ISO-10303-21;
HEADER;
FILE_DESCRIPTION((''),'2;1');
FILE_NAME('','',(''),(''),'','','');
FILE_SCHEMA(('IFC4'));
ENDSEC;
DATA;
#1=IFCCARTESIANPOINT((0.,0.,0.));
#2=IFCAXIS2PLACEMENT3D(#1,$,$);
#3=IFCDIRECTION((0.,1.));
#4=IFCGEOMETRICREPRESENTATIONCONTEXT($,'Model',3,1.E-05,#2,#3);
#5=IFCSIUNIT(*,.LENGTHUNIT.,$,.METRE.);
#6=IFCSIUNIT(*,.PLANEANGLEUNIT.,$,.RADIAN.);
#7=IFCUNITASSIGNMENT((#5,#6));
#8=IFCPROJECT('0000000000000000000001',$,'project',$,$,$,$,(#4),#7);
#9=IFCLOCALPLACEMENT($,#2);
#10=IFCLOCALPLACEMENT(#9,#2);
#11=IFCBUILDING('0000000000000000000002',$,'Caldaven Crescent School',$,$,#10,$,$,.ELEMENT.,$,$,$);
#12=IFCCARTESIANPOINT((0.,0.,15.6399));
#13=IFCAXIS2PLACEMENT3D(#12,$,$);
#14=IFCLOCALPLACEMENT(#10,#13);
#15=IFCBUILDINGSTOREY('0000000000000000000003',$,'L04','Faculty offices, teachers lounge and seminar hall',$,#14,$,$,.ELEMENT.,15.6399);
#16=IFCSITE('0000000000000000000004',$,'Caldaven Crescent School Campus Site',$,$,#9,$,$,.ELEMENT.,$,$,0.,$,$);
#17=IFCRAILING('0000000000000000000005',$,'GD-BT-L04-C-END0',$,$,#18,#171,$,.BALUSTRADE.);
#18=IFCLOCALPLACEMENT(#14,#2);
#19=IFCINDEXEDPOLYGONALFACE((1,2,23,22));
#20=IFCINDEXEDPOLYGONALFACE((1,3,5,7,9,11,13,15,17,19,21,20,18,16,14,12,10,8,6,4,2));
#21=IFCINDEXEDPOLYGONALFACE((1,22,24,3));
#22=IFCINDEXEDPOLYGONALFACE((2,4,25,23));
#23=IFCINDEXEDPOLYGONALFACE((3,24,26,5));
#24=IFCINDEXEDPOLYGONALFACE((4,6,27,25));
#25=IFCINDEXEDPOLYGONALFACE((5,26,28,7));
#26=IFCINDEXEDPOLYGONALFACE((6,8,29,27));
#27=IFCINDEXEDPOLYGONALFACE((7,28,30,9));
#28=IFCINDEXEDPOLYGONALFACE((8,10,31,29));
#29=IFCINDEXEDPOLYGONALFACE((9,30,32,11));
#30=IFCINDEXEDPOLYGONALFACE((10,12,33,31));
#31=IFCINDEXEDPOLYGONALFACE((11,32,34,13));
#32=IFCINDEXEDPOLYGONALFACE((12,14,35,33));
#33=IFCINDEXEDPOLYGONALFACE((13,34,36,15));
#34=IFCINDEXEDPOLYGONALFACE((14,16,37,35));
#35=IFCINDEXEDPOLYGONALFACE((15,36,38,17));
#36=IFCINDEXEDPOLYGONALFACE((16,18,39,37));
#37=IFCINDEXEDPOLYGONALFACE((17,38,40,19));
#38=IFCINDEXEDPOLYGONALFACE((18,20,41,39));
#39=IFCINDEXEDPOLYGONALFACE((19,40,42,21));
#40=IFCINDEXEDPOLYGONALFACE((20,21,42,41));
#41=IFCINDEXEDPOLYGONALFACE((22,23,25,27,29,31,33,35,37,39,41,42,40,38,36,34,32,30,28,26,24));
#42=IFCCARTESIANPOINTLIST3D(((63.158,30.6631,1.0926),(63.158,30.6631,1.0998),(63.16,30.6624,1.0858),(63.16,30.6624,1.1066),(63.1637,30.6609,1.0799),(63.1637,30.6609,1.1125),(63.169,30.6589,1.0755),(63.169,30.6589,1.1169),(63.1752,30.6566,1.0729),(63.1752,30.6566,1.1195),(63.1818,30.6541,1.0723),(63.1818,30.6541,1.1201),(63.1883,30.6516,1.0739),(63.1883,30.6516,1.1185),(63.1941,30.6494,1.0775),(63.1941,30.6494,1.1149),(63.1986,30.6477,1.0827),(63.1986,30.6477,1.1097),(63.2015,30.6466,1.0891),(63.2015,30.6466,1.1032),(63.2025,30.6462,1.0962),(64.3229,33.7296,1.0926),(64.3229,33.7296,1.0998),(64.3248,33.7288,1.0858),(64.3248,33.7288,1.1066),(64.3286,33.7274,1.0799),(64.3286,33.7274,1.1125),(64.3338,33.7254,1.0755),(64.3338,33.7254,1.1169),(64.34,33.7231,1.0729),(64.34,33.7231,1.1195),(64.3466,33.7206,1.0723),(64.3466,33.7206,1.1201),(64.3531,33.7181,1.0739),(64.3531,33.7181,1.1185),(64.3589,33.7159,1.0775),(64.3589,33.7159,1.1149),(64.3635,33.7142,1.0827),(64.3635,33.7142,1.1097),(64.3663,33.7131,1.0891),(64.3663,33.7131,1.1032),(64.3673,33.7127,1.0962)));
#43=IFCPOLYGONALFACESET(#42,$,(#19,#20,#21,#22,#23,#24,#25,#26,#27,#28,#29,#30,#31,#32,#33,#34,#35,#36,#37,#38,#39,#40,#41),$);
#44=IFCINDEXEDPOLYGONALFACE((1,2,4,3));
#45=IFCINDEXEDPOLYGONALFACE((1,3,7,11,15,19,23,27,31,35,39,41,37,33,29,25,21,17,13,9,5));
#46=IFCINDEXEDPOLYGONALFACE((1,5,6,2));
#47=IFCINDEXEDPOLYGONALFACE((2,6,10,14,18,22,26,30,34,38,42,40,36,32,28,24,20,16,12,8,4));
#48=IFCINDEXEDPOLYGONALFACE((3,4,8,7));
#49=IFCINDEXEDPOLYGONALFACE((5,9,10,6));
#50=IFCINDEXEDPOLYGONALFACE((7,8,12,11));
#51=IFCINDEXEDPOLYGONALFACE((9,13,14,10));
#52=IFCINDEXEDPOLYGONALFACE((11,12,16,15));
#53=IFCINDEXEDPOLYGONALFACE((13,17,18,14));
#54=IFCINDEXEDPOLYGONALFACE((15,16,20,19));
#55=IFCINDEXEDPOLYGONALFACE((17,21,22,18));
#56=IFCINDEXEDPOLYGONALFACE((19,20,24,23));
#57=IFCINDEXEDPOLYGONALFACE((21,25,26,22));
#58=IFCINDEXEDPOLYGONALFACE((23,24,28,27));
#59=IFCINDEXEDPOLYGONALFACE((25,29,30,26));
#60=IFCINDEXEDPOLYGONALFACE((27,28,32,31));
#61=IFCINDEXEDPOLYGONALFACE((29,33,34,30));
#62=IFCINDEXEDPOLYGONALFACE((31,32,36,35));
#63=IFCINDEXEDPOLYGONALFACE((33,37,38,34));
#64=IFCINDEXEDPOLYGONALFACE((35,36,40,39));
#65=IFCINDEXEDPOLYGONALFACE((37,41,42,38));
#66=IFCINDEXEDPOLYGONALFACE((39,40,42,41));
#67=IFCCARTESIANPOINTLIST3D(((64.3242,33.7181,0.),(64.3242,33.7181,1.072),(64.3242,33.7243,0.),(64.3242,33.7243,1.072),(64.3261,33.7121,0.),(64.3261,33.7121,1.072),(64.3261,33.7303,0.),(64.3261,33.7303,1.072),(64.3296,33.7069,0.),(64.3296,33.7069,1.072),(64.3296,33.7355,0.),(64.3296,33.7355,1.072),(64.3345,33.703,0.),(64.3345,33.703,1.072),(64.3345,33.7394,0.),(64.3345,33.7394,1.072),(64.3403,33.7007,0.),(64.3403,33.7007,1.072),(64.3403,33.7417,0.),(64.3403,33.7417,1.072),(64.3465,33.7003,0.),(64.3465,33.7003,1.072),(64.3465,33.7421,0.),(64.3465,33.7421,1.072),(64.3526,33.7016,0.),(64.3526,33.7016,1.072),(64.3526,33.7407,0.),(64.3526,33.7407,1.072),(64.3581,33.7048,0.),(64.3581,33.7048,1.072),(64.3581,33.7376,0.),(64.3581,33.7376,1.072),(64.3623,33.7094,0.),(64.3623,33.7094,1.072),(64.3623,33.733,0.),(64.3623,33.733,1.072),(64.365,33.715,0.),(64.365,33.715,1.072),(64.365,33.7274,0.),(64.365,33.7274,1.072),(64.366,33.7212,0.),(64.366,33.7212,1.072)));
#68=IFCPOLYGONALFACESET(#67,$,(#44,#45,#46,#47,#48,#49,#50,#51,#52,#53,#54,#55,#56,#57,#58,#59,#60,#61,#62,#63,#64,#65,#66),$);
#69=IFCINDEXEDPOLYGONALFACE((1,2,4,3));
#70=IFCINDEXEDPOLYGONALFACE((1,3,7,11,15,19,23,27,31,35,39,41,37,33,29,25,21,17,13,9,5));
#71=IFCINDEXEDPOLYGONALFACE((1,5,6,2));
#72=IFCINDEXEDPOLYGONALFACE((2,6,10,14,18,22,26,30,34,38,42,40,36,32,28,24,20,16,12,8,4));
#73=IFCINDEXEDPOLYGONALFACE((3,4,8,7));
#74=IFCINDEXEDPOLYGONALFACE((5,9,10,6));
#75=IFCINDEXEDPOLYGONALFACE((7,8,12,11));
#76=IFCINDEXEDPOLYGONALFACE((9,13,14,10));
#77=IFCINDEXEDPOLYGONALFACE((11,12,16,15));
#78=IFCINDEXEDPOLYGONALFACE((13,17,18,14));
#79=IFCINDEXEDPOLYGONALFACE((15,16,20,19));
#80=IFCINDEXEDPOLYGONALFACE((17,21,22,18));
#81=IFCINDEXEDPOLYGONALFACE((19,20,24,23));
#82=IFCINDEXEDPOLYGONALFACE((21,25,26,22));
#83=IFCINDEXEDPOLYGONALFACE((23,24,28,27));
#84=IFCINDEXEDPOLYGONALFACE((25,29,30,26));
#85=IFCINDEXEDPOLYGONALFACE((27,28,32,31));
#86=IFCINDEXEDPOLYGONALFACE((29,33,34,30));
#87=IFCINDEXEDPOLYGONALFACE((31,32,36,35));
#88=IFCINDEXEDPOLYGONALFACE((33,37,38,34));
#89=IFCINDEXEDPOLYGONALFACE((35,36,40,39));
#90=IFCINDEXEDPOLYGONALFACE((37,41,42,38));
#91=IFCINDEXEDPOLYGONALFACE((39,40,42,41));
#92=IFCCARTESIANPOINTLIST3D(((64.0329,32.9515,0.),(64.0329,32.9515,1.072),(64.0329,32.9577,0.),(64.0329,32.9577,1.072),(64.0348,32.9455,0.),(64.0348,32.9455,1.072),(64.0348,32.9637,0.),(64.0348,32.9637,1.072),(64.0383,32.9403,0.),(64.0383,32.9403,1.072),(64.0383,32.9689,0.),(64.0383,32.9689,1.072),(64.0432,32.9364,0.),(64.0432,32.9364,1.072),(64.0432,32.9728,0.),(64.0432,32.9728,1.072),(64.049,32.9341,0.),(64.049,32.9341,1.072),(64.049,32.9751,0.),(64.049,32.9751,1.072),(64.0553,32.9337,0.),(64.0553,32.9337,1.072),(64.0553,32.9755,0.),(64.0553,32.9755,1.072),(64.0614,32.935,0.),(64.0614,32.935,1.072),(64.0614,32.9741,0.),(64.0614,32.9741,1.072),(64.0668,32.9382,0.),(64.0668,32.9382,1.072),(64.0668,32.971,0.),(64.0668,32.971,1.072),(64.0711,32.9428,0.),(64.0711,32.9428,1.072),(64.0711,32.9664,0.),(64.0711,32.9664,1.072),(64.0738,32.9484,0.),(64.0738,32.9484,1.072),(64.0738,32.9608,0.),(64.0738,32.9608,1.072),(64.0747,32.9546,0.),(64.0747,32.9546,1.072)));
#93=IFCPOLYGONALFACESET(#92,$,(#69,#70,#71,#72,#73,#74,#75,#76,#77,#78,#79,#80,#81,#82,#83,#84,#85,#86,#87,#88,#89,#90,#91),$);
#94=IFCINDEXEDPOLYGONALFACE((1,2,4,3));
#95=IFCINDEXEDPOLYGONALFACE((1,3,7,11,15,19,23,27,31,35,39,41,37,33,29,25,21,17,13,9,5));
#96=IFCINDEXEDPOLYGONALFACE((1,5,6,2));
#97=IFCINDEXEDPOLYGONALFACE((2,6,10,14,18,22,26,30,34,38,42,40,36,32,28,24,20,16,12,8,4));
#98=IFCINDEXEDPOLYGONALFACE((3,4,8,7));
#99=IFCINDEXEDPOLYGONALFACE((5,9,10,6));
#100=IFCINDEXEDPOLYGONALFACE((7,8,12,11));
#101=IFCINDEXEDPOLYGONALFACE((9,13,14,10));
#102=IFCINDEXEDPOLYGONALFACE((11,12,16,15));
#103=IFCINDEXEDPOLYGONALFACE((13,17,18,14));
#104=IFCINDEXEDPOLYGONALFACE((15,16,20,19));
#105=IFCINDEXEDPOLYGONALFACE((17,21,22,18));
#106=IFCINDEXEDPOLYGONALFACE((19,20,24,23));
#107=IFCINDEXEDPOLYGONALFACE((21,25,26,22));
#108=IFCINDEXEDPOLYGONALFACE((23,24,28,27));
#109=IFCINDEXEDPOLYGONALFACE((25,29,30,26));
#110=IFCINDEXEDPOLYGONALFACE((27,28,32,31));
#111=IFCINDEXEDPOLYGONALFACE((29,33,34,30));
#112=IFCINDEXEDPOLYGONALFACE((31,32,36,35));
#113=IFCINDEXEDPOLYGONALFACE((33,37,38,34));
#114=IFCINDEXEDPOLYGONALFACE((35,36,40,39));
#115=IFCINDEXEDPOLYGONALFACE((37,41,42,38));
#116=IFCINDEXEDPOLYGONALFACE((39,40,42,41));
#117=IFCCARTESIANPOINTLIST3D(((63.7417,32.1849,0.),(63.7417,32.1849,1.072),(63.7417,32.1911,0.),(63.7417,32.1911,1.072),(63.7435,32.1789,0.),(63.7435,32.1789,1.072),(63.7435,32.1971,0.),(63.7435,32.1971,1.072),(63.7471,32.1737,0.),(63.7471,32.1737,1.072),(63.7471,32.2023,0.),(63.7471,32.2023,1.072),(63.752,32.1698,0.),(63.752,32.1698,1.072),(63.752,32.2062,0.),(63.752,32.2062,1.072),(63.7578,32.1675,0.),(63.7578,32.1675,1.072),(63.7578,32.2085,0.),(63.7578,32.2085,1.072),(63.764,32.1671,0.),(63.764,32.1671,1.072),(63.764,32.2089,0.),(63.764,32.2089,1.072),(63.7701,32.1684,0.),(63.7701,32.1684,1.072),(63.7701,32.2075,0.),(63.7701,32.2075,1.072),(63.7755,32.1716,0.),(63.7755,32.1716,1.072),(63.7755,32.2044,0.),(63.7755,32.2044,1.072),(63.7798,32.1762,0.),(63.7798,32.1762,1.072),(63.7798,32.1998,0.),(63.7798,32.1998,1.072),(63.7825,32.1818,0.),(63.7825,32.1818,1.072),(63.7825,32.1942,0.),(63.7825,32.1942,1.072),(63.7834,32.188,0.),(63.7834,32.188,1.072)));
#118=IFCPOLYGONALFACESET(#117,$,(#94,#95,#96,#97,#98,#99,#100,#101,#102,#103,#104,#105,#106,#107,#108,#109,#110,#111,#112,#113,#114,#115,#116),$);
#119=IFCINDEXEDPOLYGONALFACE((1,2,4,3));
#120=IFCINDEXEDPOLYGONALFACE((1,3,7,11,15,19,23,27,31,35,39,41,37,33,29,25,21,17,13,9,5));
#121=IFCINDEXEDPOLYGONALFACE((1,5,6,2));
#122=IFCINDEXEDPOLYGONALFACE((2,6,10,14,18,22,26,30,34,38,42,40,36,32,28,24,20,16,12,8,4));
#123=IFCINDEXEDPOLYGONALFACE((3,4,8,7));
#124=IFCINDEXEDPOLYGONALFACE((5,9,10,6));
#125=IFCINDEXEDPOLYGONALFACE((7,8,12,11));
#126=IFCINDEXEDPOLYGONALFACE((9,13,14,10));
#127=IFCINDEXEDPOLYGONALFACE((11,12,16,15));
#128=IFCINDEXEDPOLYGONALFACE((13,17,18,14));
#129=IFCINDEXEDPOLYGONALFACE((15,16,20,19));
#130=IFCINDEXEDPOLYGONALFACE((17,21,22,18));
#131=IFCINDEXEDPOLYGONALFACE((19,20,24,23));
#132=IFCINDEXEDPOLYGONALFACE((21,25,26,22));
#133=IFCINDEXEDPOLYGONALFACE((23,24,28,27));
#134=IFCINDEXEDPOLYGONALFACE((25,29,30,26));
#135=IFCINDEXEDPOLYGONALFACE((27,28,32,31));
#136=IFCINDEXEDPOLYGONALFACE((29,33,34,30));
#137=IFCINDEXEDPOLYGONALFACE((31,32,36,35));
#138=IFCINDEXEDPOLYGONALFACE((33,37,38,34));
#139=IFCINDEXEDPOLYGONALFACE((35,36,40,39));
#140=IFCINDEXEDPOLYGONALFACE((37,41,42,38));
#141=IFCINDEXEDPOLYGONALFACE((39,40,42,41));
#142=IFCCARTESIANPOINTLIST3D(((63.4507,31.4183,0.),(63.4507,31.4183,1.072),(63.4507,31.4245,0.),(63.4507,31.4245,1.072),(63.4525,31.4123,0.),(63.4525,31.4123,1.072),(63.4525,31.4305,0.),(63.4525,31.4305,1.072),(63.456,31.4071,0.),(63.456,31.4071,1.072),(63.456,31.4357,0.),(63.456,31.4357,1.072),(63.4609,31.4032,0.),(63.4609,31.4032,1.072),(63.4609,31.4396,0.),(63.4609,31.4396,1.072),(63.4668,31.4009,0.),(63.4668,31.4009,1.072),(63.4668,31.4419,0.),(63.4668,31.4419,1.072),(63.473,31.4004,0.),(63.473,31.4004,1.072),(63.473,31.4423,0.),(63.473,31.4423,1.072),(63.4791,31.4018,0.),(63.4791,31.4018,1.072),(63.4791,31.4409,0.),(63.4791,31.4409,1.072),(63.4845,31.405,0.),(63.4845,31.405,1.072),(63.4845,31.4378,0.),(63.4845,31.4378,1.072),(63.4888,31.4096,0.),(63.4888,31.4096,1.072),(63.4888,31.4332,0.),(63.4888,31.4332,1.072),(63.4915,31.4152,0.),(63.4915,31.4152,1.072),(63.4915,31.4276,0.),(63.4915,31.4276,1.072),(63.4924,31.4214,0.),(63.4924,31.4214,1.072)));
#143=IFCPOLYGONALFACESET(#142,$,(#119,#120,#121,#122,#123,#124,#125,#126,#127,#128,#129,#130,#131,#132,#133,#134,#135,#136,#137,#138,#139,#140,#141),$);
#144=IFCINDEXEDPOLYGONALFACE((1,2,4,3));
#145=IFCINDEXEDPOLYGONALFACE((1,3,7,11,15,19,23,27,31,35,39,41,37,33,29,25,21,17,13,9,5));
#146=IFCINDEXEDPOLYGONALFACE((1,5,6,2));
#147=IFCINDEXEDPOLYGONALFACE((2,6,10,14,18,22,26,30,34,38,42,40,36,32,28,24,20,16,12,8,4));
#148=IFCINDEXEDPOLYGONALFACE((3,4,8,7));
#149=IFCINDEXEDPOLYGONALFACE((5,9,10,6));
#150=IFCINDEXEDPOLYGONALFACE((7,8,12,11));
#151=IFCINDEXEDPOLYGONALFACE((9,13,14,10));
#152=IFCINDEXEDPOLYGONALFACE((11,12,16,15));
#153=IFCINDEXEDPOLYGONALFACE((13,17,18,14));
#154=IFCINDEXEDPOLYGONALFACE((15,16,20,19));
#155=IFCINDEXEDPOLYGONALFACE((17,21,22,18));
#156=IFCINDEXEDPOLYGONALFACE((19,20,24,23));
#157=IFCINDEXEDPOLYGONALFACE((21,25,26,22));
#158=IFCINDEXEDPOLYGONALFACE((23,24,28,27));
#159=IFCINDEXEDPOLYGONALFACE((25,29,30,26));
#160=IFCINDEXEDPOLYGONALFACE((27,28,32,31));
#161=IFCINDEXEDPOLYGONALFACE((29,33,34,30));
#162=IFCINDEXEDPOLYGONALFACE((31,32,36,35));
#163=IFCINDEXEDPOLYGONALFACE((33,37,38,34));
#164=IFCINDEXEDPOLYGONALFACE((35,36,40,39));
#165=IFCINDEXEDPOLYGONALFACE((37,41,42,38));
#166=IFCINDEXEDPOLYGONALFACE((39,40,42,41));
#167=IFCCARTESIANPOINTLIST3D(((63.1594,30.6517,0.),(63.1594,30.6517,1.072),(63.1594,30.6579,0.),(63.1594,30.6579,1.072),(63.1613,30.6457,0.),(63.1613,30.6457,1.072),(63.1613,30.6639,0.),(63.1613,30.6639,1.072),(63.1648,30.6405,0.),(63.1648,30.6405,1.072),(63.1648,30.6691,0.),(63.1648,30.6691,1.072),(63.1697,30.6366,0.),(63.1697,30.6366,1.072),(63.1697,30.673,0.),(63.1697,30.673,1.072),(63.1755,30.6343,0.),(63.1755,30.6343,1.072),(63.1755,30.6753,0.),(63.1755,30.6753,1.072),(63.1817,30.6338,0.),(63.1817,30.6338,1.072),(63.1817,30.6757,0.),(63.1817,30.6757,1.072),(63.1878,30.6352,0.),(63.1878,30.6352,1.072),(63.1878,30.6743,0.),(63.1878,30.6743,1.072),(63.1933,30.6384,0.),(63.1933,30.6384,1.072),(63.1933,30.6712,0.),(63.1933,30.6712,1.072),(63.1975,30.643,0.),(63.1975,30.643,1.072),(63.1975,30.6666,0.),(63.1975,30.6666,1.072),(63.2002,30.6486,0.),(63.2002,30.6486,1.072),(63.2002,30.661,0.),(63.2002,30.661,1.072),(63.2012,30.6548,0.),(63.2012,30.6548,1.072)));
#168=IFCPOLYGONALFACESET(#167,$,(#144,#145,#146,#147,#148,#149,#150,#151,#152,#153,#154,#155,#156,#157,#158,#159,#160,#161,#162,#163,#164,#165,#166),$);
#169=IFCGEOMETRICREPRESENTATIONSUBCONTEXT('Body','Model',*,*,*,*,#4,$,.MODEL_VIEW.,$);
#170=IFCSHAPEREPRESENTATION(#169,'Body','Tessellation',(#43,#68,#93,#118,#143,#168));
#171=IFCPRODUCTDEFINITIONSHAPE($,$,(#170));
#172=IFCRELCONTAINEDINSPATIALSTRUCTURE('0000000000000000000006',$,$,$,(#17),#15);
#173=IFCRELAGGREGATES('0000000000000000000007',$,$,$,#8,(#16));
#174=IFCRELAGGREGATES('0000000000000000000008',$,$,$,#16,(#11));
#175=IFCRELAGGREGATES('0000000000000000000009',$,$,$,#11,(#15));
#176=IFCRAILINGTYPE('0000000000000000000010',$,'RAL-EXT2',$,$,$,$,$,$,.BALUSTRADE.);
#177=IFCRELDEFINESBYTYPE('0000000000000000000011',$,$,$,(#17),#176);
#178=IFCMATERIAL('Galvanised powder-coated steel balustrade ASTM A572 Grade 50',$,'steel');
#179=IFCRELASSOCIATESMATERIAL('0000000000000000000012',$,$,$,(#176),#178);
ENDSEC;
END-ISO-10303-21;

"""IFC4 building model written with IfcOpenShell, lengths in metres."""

from ifc_helpers import new_model, si_unit, direction, frame, origin, origin_2d, place, context, subcontext, project, spatial, circle, extrude, material, type_object, element, save


model = new_model("IFC4")

# Units and contexts
model_context = context("Model", 3, precision=1e-05, world=origin(), true_north=direction((0.0, 1.0)))
body_context = subcontext(model_context, "Body", "Model", "MODEL_VIEW")
ifc_project = project(units=[si_unit("LENGTHUNIT", "METRE"), si_unit("PLANEANGLEUNIT", "RADIAN")], contexts=[model_context])

# Site, building, storey
site_placement = place(None, origin())
site = spatial("IfcSite", under=ifc_project, at=site_placement, Name="Caldaven Crescent School Campus Site", CompositionType="ELEMENT", RefElevation=0.0)
building_placement = place(site_placement, origin())
building = spatial("IfcBuilding", under=site, at=building_placement, Name="Caldaven Crescent School", CompositionType="ELEMENT")
storey_placement = place(building_placement, frame((0.0, 0.0, 15.6399)))
storey = spatial("IfcBuildingStorey", under=building, at=storey_placement, Name="L04", Description="Faculty offices, teachers lounge and seminar hall", CompositionType="ELEMENT", Elevation=15.6399)

# Railing
ifc_material_1 = material(Name="Galvanised powder-coated steel balustrade ASTM A572 Grade 50", Category="steel")
railing_type_1 = type_object("IfcRailingType", Name="RAL-EXT2", PredefinedType="BALUSTRADE", material=ifc_material_1)
railing_1_placement = place(storey_placement, frame((64.345, 33.7212, 0.0)))
element("IfcRailing", 1, at=railing_1_placement, inside=storey, type_object=railing_type_1, Name="GD-BT-L04-C-END0", PredefinedType="BALUSTRADE", context=body_context, shape_type="SweptSolid", body=[
    extrude(circle(Radius=0.0239, at=origin_2d()), frame((0.0, 0.0, 1.0962), z_axis=(-0.355101, -0.934828, 0.0), x_axis=(0.934828, -0.355101, 0.0)), (0.0, 0.0, 1.0), 3.2803),
    extrude(circle(Radius=0.021, at=origin_2d()), origin(), (0.0, 0.0, 1.0), 1.072),
    extrude(circle(Radius=0.021, at=origin_2d()), frame((-0.2913, -0.7666, 0.0)), (0.0, 0.0, 1.0), 1.072),
    extrude(circle(Radius=0.021, at=origin_2d()), frame((-0.5825, -1.5332, 0.0)), (0.0, 0.0, 1.0), 1.072),
    extrude(circle(Radius=0.021, at=origin_2d()), frame((-0.8735, -2.2998, 0.0)), (0.0, 0.0, 1.0), 1.072),
    extrude(circle(Radius=0.021, at=origin_2d()), frame((-1.1648, -3.0664, 0.0)), (0.0, 0.0, 1.0), 1.072),
])

save(model, "model.ifc")
